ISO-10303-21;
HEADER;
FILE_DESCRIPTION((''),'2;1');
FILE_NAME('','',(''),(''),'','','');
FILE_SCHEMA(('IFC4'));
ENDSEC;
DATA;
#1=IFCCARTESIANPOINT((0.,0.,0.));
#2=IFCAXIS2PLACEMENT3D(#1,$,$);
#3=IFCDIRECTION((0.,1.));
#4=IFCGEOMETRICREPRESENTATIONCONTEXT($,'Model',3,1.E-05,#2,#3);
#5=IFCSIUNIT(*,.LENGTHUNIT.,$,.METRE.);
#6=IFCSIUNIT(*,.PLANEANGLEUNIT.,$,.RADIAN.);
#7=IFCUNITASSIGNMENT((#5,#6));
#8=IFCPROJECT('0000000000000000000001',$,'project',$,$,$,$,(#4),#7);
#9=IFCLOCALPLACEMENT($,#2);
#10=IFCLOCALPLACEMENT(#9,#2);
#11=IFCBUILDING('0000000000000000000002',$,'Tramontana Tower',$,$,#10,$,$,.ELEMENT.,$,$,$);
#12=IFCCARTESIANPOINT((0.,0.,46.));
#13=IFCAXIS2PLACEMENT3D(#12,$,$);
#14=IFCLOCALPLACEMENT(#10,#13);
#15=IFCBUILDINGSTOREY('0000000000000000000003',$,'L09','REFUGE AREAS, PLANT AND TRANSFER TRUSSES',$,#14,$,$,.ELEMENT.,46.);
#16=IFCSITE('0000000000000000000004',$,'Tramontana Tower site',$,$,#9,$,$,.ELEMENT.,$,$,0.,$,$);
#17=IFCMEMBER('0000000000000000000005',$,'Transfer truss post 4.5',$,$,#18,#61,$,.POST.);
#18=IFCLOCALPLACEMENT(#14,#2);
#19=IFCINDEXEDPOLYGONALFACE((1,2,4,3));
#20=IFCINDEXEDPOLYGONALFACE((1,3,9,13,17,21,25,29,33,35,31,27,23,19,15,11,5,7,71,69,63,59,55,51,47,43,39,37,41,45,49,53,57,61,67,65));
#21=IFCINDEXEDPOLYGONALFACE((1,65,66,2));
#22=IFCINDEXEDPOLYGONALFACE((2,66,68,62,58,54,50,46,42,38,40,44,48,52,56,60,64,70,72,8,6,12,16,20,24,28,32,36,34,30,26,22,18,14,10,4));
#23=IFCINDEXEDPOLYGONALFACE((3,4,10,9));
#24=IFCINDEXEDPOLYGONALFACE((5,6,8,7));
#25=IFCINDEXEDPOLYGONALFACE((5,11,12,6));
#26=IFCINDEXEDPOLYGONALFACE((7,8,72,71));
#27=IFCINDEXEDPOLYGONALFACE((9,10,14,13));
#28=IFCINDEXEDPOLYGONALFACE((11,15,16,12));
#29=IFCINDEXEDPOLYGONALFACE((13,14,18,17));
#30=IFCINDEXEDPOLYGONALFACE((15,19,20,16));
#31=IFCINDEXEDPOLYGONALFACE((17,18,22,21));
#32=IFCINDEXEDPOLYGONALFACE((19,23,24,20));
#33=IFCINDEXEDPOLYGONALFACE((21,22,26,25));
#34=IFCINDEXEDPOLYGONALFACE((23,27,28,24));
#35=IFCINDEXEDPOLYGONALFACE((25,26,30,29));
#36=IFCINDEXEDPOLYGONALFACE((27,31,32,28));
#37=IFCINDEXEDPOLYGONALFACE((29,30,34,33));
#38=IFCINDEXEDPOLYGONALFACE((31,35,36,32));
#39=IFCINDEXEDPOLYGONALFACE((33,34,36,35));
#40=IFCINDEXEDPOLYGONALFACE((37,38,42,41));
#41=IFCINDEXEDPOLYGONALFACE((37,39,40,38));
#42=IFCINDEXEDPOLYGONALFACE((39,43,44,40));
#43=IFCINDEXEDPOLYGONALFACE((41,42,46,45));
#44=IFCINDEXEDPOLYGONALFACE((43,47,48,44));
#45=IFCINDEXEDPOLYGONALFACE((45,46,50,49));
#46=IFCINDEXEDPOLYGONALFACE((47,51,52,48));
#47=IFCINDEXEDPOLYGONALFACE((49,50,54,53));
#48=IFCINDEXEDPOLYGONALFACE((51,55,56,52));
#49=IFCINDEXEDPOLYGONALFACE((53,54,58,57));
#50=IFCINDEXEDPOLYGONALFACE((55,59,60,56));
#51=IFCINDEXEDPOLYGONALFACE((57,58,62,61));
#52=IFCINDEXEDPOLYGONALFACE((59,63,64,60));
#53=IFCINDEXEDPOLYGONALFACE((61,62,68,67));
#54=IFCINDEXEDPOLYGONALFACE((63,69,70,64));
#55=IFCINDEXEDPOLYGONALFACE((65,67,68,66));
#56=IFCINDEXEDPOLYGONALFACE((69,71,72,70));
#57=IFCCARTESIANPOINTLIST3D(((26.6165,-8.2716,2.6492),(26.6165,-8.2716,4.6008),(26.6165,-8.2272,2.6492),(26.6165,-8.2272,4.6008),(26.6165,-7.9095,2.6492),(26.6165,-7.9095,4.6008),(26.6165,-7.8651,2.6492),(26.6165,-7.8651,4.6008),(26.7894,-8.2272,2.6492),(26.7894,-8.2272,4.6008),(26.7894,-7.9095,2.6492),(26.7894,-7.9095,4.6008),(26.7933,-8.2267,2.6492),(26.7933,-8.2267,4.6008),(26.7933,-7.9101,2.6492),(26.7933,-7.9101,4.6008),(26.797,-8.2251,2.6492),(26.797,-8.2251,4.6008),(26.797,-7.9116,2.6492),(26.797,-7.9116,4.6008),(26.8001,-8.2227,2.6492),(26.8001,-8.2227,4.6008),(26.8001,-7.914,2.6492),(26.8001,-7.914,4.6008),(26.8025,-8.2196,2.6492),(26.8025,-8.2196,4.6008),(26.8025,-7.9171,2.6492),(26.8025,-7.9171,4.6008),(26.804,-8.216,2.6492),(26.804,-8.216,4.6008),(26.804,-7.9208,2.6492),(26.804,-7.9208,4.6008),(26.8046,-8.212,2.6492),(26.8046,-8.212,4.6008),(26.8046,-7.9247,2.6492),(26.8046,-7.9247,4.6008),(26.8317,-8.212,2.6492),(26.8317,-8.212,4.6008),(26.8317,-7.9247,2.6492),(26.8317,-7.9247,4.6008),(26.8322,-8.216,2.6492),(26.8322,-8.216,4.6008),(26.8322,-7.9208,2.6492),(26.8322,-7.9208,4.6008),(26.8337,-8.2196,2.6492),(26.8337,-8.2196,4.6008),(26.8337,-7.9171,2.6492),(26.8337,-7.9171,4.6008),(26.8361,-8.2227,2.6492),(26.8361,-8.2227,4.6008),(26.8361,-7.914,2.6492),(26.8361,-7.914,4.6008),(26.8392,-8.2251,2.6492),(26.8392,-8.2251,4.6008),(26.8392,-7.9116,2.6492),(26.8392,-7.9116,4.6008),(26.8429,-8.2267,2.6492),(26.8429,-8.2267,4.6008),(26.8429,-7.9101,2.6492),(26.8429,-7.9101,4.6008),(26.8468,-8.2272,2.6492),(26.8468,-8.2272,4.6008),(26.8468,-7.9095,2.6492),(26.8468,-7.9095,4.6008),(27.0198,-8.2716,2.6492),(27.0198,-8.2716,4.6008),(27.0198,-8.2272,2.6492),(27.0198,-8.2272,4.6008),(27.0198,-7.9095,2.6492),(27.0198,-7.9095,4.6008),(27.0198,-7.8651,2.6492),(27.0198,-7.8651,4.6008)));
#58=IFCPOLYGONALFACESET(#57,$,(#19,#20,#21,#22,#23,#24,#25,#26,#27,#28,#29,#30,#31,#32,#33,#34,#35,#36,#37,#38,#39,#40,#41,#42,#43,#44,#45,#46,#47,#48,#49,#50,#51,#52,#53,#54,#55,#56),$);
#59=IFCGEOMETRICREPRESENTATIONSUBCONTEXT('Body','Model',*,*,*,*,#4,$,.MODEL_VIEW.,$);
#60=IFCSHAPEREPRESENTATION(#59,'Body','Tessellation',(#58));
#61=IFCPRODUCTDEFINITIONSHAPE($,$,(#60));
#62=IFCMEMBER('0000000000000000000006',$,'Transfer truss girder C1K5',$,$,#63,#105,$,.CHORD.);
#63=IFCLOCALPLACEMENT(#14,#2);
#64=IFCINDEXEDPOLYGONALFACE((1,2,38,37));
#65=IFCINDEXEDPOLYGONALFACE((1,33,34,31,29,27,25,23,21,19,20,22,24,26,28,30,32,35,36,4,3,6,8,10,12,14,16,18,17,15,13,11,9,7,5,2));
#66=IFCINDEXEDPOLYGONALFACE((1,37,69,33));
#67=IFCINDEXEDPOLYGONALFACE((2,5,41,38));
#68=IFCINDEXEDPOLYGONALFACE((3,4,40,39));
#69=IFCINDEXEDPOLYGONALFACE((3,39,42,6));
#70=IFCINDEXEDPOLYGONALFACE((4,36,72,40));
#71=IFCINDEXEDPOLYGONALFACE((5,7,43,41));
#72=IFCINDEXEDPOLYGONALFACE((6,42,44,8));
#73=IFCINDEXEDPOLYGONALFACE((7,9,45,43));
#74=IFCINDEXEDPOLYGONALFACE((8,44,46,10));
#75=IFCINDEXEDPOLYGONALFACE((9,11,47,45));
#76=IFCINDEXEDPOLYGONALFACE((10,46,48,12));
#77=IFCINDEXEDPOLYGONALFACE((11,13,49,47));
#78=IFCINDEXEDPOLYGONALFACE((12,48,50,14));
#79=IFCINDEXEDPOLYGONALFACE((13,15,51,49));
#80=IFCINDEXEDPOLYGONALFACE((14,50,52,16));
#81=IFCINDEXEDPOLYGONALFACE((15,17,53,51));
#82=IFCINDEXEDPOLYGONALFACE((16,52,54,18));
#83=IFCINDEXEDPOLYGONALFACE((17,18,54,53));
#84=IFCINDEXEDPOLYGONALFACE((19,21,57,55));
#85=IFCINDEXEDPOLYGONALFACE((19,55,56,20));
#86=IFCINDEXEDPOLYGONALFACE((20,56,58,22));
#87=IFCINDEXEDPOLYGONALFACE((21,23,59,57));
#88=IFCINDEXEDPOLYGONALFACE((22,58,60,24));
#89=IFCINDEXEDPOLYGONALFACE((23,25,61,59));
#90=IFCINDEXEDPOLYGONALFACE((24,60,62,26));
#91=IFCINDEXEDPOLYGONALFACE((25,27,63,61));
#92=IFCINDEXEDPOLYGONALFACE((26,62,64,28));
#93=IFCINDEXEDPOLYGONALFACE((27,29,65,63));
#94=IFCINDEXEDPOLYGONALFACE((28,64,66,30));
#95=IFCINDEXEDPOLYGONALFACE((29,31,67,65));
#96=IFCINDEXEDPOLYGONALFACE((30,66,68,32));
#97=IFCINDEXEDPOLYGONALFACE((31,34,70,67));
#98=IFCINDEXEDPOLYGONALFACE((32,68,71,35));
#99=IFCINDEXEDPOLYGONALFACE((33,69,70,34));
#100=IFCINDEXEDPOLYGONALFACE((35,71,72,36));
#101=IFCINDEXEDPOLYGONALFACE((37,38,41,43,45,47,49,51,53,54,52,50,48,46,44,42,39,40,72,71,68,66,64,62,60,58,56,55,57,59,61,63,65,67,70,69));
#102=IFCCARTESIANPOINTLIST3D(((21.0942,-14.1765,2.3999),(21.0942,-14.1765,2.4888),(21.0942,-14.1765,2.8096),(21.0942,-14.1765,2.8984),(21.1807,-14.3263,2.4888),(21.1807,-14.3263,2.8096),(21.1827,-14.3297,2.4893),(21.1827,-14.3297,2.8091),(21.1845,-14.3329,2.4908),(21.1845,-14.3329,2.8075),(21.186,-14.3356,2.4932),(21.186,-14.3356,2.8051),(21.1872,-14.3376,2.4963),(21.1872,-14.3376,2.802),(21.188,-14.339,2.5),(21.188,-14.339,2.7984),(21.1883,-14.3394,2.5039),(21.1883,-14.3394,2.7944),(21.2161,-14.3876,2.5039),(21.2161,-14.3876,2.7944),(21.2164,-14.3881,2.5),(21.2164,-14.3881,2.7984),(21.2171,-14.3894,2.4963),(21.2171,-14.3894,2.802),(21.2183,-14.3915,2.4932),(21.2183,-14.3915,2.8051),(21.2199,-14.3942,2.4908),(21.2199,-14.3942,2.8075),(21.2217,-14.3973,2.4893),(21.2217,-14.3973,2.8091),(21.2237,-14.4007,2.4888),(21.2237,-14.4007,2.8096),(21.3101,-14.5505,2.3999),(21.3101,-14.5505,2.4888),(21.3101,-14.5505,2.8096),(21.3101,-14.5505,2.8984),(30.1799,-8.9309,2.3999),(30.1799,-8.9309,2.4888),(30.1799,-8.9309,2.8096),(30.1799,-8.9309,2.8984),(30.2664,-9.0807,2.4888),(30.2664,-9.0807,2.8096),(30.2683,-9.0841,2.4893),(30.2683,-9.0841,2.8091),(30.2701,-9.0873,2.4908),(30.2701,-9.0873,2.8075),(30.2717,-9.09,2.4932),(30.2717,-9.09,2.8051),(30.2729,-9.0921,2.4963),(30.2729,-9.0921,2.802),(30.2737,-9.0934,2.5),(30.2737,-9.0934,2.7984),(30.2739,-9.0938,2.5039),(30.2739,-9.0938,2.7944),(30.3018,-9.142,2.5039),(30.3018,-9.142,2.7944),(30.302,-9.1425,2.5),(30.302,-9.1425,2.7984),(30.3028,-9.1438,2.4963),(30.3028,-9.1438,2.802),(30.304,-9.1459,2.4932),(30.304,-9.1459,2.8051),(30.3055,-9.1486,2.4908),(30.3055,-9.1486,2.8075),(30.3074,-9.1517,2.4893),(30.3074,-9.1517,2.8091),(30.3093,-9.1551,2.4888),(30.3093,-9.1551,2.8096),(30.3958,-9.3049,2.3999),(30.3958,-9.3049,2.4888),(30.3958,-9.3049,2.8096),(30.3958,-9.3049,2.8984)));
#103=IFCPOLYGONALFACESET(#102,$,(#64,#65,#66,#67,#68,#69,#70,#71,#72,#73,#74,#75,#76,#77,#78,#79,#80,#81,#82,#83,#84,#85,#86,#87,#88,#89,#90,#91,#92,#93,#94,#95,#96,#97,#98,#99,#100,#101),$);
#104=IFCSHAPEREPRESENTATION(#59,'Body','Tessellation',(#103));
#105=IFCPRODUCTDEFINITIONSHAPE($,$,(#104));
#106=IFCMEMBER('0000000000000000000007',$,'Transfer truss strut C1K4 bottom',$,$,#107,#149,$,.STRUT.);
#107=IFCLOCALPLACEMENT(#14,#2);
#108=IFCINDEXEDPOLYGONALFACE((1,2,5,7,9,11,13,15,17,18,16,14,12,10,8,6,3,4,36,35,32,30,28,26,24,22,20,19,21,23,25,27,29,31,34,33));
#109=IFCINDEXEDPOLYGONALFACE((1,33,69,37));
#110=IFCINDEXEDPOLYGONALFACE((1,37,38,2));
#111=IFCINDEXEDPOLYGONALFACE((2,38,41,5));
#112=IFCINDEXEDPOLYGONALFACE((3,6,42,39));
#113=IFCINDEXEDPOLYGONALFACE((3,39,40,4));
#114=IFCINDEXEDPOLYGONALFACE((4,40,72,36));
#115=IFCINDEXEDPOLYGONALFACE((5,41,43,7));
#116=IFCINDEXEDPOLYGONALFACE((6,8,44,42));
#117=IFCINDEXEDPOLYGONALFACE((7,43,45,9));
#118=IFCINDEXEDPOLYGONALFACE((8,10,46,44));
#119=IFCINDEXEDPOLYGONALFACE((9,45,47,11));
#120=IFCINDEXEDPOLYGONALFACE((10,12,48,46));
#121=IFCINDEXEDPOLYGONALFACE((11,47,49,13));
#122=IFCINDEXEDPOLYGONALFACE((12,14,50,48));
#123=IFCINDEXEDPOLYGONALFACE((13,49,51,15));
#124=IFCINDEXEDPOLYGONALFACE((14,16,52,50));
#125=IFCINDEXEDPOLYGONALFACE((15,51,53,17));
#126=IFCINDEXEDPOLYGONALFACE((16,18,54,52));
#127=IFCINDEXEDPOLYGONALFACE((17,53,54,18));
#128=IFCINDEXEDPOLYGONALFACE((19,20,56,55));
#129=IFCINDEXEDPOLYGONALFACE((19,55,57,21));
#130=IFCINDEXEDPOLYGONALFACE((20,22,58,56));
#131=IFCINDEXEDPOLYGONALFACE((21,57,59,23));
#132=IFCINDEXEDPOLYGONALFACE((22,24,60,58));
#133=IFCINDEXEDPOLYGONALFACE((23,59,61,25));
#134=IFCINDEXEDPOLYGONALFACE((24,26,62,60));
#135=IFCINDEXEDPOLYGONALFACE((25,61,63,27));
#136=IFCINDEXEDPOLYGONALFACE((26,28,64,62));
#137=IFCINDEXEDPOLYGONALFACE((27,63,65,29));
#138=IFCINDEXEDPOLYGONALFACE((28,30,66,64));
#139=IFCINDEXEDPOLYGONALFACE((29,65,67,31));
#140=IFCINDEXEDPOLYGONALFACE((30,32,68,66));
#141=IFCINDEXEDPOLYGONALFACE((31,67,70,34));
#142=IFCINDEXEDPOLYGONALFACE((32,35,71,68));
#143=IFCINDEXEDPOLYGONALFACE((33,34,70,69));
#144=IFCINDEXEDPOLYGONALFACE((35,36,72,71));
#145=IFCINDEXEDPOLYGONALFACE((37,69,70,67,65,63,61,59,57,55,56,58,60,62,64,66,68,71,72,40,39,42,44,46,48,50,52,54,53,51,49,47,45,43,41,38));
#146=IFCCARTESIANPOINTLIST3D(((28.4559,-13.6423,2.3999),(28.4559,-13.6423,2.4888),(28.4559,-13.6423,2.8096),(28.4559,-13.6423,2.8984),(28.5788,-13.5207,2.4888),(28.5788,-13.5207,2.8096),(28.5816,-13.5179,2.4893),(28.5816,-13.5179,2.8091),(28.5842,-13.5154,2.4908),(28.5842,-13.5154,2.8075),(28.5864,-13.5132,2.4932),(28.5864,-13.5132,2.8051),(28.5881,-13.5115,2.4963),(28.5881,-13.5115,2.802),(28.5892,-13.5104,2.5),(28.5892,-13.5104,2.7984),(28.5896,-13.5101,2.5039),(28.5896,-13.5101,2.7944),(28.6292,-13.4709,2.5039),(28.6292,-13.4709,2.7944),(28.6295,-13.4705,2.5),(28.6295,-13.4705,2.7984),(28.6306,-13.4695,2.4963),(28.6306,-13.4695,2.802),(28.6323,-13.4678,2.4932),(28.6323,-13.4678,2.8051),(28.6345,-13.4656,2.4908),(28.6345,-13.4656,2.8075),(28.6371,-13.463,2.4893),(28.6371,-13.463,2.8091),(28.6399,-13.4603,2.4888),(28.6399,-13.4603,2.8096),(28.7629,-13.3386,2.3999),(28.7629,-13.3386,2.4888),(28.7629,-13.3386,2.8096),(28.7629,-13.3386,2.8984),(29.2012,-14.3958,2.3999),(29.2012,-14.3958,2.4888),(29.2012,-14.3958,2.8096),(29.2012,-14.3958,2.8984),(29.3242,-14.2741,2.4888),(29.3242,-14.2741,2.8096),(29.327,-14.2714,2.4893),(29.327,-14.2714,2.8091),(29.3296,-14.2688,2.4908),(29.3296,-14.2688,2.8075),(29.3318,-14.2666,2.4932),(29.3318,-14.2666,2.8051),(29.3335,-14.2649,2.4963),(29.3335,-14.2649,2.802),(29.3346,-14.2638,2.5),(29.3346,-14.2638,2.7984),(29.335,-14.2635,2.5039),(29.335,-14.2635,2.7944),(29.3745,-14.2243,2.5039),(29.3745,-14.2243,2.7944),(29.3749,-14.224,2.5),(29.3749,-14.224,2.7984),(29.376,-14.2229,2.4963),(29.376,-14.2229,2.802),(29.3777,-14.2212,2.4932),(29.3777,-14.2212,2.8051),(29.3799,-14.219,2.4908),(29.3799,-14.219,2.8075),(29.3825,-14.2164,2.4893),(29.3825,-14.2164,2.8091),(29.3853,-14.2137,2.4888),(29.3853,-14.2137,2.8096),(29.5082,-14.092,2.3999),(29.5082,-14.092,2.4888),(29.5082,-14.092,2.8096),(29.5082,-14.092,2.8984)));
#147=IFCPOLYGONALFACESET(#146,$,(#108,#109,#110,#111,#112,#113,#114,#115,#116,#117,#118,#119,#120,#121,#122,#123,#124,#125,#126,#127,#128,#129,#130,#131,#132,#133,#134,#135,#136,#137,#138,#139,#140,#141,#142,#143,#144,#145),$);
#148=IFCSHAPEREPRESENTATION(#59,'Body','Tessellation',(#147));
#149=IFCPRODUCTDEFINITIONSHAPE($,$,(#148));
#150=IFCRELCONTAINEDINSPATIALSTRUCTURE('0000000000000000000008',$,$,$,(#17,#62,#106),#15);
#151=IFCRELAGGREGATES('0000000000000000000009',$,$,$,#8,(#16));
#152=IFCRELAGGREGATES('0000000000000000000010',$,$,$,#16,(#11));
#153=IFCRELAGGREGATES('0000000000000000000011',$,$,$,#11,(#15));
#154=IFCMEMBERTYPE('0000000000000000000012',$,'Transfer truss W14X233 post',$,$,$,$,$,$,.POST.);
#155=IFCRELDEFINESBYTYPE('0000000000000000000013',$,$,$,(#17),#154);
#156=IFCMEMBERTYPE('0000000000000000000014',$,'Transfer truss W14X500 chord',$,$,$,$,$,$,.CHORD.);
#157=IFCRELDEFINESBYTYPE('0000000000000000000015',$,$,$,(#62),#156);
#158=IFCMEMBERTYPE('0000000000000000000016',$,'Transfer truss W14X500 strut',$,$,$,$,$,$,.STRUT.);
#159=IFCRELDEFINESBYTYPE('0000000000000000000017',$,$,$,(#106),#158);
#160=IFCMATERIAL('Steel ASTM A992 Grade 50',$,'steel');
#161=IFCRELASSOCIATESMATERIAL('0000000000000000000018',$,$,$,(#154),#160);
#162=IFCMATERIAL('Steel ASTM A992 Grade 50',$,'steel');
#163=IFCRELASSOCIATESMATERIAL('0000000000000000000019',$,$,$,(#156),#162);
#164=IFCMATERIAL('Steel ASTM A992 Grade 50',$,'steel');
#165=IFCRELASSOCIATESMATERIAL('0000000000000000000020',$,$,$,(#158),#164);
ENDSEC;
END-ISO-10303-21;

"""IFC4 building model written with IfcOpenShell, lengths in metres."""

from ifc_helpers import new_model, si_unit, direction, frame, origin, origin_2d, place, context, subcontext, project, spatial, i_section, extrude, material, material_profile, profile_set, type_object, element, save


model = new_model("IFC4")

# Units and contexts
model_context = context("Model", 3, precision=1e-05, world=origin(), true_north=direction((0.0, 1.0)))
body_context = subcontext(model_context, "Body", "Model", "MODEL_VIEW")
ifc_project = project(units=[si_unit("LENGTHUNIT", "METRE"), si_unit("PLANEANGLEUNIT", "RADIAN")], contexts=[model_context])

# Site, building, storey
site_placement = place(None, origin())
site = spatial("IfcSite", under=ifc_project, at=site_placement, Name="Tramontana Tower site", CompositionType="ELEMENT", RefElevation=0.0)
building_placement = place(site_placement, origin())
building = spatial("IfcBuilding", under=site, at=building_placement, Name="Tramontana Tower", CompositionType="ELEMENT")
storey_placement = place(building_placement, frame((0.0, 0.0, 46.0)))
storey = spatial("IfcBuildingStorey", under=building, at=storey_placement, Name="L09", Description="REFUGE AREAS, PLANT AND TRANSFER TRUSSES", CompositionType="ELEMENT", Elevation=46.0)

# Members
ifc_material_1 = material(Name="Steel ASTM A992 Grade 50", Category="steel")
ifc_material_profile_1 = material_profile(ifc_material_1, i_section(OverallWidth=0.4033, OverallDepth=0.4065, WebThickness=0.0271, FlangeThickness=0.0444, FilletRadius=0.0151, at=origin_2d()), Name="W14X233")
ifc_profile_set_1 = profile_set([ifc_material_profile_1], Name="Steel ASTM A992 Grade 50")
member_type_1 = type_object("IfcMemberType", Name="Transfer truss W14X233 post", PredefinedType="POST", material=ifc_profile_set_1)
for number, where, z_axis, x_axis, name in (
    (1, (26.8181, -8.0684, 2.6492), (0.0, 0.0, 1.0), (1.0, 0.0, 0.0), "Transfer truss post 4.5"),
):
    element("IfcMember", number, at=place(storey_placement, frame(where, z_axis=z_axis, x_axis=x_axis)), inside=storey, type_object=member_type_1, Name=name, PredefinedType="POST", context=body_context, shape_type="SweptSolid", body=[
        extrude(i_section(OverallWidth=0.4033, OverallDepth=0.4065, WebThickness=0.0271, FlangeThickness=0.0444, FilletRadius=0.0151, at=origin_2d()), origin(), (0.0, 0.0, 1.0), 1.9517),
    ])
ifc_material_2 = material(Name="Steel ASTM A992 Grade 50", Category="steel")
ifc_material_profile_2 = material_profile(ifc_material_2, i_section(OverallWidth=0.4319, OverallDepth=0.4985, WebThickness=0.0557, FlangeThickness=0.0889, FilletRadius=0.0151, at=origin_2d()), Name="W14X500")
ifc_profile_set_2 = profile_set([ifc_material_profile_2], Name="Steel ASTM A992 Grade 50")
member_type_2 = type_object("IfcMemberType", Name="Transfer truss W14X500 chord", PredefinedType="CHORD", material=ifc_profile_set_2)
member_1_placement = place(storey_placement, frame((30.2878, -9.1179, 2.6492), z_axis=(-0.866026, -0.499998, 0.0), x_axis=(0.499998, -0.866026, 0.0)))
element("IfcMember", 2, at=member_1_placement, inside=storey, type_object=member_type_2, Name="Transfer truss girder C1K5", PredefinedType="CHORD", context=body_context, shape_type="SweptSolid", body=[
    extrude(i_section(OverallWidth=0.4319, OverallDepth=0.4985, WebThickness=0.0557, FlangeThickness=0.0889, FilletRadius=0.0151, at=origin_2d()), origin(), (0.0, 0.0, 1.0), 10.4912),
])
ifc_material_3 = material(Name="Steel ASTM A992 Grade 50", Category="steel")
ifc_material_profile_3 = material_profile(ifc_material_3, i_section(OverallWidth=0.4319, OverallDepth=0.4985, WebThickness=0.0557, FlangeThickness=0.0889, FilletRadius=0.0151, at=origin_2d()), Name="W14X500")
ifc_profile_set_3 = profile_set([ifc_material_profile_3], Name="Steel ASTM A992 Grade 50")
member_type_3 = type_object("IfcMemberType", Name="Transfer truss W14X500 strut", PredefinedType="STRUT", material=ifc_profile_set_3)
member_2_placement = place(storey_placement, frame((29.3547, -14.2439, 2.6492), z_axis=(-0.703296, 0.710898, 0.0), x_axis=(-0.710898, -0.703296, 0.0)))
element("IfcMember", 3, at=member_2_placement, inside=storey, type_object=member_type_3, Name="Transfer truss strut C1K4 bottom", PredefinedType="STRUT", context=body_context, shape_type="SweptSolid", body=[
    extrude(i_section(OverallWidth=0.4319, OverallDepth=0.4985, WebThickness=0.0557, FlangeThickness=0.0889, FilletRadius=0.0151, at=origin_2d()), origin(), (0.0, 0.0, 1.0), 1.0598),
])

save(model, "model.ifc")
